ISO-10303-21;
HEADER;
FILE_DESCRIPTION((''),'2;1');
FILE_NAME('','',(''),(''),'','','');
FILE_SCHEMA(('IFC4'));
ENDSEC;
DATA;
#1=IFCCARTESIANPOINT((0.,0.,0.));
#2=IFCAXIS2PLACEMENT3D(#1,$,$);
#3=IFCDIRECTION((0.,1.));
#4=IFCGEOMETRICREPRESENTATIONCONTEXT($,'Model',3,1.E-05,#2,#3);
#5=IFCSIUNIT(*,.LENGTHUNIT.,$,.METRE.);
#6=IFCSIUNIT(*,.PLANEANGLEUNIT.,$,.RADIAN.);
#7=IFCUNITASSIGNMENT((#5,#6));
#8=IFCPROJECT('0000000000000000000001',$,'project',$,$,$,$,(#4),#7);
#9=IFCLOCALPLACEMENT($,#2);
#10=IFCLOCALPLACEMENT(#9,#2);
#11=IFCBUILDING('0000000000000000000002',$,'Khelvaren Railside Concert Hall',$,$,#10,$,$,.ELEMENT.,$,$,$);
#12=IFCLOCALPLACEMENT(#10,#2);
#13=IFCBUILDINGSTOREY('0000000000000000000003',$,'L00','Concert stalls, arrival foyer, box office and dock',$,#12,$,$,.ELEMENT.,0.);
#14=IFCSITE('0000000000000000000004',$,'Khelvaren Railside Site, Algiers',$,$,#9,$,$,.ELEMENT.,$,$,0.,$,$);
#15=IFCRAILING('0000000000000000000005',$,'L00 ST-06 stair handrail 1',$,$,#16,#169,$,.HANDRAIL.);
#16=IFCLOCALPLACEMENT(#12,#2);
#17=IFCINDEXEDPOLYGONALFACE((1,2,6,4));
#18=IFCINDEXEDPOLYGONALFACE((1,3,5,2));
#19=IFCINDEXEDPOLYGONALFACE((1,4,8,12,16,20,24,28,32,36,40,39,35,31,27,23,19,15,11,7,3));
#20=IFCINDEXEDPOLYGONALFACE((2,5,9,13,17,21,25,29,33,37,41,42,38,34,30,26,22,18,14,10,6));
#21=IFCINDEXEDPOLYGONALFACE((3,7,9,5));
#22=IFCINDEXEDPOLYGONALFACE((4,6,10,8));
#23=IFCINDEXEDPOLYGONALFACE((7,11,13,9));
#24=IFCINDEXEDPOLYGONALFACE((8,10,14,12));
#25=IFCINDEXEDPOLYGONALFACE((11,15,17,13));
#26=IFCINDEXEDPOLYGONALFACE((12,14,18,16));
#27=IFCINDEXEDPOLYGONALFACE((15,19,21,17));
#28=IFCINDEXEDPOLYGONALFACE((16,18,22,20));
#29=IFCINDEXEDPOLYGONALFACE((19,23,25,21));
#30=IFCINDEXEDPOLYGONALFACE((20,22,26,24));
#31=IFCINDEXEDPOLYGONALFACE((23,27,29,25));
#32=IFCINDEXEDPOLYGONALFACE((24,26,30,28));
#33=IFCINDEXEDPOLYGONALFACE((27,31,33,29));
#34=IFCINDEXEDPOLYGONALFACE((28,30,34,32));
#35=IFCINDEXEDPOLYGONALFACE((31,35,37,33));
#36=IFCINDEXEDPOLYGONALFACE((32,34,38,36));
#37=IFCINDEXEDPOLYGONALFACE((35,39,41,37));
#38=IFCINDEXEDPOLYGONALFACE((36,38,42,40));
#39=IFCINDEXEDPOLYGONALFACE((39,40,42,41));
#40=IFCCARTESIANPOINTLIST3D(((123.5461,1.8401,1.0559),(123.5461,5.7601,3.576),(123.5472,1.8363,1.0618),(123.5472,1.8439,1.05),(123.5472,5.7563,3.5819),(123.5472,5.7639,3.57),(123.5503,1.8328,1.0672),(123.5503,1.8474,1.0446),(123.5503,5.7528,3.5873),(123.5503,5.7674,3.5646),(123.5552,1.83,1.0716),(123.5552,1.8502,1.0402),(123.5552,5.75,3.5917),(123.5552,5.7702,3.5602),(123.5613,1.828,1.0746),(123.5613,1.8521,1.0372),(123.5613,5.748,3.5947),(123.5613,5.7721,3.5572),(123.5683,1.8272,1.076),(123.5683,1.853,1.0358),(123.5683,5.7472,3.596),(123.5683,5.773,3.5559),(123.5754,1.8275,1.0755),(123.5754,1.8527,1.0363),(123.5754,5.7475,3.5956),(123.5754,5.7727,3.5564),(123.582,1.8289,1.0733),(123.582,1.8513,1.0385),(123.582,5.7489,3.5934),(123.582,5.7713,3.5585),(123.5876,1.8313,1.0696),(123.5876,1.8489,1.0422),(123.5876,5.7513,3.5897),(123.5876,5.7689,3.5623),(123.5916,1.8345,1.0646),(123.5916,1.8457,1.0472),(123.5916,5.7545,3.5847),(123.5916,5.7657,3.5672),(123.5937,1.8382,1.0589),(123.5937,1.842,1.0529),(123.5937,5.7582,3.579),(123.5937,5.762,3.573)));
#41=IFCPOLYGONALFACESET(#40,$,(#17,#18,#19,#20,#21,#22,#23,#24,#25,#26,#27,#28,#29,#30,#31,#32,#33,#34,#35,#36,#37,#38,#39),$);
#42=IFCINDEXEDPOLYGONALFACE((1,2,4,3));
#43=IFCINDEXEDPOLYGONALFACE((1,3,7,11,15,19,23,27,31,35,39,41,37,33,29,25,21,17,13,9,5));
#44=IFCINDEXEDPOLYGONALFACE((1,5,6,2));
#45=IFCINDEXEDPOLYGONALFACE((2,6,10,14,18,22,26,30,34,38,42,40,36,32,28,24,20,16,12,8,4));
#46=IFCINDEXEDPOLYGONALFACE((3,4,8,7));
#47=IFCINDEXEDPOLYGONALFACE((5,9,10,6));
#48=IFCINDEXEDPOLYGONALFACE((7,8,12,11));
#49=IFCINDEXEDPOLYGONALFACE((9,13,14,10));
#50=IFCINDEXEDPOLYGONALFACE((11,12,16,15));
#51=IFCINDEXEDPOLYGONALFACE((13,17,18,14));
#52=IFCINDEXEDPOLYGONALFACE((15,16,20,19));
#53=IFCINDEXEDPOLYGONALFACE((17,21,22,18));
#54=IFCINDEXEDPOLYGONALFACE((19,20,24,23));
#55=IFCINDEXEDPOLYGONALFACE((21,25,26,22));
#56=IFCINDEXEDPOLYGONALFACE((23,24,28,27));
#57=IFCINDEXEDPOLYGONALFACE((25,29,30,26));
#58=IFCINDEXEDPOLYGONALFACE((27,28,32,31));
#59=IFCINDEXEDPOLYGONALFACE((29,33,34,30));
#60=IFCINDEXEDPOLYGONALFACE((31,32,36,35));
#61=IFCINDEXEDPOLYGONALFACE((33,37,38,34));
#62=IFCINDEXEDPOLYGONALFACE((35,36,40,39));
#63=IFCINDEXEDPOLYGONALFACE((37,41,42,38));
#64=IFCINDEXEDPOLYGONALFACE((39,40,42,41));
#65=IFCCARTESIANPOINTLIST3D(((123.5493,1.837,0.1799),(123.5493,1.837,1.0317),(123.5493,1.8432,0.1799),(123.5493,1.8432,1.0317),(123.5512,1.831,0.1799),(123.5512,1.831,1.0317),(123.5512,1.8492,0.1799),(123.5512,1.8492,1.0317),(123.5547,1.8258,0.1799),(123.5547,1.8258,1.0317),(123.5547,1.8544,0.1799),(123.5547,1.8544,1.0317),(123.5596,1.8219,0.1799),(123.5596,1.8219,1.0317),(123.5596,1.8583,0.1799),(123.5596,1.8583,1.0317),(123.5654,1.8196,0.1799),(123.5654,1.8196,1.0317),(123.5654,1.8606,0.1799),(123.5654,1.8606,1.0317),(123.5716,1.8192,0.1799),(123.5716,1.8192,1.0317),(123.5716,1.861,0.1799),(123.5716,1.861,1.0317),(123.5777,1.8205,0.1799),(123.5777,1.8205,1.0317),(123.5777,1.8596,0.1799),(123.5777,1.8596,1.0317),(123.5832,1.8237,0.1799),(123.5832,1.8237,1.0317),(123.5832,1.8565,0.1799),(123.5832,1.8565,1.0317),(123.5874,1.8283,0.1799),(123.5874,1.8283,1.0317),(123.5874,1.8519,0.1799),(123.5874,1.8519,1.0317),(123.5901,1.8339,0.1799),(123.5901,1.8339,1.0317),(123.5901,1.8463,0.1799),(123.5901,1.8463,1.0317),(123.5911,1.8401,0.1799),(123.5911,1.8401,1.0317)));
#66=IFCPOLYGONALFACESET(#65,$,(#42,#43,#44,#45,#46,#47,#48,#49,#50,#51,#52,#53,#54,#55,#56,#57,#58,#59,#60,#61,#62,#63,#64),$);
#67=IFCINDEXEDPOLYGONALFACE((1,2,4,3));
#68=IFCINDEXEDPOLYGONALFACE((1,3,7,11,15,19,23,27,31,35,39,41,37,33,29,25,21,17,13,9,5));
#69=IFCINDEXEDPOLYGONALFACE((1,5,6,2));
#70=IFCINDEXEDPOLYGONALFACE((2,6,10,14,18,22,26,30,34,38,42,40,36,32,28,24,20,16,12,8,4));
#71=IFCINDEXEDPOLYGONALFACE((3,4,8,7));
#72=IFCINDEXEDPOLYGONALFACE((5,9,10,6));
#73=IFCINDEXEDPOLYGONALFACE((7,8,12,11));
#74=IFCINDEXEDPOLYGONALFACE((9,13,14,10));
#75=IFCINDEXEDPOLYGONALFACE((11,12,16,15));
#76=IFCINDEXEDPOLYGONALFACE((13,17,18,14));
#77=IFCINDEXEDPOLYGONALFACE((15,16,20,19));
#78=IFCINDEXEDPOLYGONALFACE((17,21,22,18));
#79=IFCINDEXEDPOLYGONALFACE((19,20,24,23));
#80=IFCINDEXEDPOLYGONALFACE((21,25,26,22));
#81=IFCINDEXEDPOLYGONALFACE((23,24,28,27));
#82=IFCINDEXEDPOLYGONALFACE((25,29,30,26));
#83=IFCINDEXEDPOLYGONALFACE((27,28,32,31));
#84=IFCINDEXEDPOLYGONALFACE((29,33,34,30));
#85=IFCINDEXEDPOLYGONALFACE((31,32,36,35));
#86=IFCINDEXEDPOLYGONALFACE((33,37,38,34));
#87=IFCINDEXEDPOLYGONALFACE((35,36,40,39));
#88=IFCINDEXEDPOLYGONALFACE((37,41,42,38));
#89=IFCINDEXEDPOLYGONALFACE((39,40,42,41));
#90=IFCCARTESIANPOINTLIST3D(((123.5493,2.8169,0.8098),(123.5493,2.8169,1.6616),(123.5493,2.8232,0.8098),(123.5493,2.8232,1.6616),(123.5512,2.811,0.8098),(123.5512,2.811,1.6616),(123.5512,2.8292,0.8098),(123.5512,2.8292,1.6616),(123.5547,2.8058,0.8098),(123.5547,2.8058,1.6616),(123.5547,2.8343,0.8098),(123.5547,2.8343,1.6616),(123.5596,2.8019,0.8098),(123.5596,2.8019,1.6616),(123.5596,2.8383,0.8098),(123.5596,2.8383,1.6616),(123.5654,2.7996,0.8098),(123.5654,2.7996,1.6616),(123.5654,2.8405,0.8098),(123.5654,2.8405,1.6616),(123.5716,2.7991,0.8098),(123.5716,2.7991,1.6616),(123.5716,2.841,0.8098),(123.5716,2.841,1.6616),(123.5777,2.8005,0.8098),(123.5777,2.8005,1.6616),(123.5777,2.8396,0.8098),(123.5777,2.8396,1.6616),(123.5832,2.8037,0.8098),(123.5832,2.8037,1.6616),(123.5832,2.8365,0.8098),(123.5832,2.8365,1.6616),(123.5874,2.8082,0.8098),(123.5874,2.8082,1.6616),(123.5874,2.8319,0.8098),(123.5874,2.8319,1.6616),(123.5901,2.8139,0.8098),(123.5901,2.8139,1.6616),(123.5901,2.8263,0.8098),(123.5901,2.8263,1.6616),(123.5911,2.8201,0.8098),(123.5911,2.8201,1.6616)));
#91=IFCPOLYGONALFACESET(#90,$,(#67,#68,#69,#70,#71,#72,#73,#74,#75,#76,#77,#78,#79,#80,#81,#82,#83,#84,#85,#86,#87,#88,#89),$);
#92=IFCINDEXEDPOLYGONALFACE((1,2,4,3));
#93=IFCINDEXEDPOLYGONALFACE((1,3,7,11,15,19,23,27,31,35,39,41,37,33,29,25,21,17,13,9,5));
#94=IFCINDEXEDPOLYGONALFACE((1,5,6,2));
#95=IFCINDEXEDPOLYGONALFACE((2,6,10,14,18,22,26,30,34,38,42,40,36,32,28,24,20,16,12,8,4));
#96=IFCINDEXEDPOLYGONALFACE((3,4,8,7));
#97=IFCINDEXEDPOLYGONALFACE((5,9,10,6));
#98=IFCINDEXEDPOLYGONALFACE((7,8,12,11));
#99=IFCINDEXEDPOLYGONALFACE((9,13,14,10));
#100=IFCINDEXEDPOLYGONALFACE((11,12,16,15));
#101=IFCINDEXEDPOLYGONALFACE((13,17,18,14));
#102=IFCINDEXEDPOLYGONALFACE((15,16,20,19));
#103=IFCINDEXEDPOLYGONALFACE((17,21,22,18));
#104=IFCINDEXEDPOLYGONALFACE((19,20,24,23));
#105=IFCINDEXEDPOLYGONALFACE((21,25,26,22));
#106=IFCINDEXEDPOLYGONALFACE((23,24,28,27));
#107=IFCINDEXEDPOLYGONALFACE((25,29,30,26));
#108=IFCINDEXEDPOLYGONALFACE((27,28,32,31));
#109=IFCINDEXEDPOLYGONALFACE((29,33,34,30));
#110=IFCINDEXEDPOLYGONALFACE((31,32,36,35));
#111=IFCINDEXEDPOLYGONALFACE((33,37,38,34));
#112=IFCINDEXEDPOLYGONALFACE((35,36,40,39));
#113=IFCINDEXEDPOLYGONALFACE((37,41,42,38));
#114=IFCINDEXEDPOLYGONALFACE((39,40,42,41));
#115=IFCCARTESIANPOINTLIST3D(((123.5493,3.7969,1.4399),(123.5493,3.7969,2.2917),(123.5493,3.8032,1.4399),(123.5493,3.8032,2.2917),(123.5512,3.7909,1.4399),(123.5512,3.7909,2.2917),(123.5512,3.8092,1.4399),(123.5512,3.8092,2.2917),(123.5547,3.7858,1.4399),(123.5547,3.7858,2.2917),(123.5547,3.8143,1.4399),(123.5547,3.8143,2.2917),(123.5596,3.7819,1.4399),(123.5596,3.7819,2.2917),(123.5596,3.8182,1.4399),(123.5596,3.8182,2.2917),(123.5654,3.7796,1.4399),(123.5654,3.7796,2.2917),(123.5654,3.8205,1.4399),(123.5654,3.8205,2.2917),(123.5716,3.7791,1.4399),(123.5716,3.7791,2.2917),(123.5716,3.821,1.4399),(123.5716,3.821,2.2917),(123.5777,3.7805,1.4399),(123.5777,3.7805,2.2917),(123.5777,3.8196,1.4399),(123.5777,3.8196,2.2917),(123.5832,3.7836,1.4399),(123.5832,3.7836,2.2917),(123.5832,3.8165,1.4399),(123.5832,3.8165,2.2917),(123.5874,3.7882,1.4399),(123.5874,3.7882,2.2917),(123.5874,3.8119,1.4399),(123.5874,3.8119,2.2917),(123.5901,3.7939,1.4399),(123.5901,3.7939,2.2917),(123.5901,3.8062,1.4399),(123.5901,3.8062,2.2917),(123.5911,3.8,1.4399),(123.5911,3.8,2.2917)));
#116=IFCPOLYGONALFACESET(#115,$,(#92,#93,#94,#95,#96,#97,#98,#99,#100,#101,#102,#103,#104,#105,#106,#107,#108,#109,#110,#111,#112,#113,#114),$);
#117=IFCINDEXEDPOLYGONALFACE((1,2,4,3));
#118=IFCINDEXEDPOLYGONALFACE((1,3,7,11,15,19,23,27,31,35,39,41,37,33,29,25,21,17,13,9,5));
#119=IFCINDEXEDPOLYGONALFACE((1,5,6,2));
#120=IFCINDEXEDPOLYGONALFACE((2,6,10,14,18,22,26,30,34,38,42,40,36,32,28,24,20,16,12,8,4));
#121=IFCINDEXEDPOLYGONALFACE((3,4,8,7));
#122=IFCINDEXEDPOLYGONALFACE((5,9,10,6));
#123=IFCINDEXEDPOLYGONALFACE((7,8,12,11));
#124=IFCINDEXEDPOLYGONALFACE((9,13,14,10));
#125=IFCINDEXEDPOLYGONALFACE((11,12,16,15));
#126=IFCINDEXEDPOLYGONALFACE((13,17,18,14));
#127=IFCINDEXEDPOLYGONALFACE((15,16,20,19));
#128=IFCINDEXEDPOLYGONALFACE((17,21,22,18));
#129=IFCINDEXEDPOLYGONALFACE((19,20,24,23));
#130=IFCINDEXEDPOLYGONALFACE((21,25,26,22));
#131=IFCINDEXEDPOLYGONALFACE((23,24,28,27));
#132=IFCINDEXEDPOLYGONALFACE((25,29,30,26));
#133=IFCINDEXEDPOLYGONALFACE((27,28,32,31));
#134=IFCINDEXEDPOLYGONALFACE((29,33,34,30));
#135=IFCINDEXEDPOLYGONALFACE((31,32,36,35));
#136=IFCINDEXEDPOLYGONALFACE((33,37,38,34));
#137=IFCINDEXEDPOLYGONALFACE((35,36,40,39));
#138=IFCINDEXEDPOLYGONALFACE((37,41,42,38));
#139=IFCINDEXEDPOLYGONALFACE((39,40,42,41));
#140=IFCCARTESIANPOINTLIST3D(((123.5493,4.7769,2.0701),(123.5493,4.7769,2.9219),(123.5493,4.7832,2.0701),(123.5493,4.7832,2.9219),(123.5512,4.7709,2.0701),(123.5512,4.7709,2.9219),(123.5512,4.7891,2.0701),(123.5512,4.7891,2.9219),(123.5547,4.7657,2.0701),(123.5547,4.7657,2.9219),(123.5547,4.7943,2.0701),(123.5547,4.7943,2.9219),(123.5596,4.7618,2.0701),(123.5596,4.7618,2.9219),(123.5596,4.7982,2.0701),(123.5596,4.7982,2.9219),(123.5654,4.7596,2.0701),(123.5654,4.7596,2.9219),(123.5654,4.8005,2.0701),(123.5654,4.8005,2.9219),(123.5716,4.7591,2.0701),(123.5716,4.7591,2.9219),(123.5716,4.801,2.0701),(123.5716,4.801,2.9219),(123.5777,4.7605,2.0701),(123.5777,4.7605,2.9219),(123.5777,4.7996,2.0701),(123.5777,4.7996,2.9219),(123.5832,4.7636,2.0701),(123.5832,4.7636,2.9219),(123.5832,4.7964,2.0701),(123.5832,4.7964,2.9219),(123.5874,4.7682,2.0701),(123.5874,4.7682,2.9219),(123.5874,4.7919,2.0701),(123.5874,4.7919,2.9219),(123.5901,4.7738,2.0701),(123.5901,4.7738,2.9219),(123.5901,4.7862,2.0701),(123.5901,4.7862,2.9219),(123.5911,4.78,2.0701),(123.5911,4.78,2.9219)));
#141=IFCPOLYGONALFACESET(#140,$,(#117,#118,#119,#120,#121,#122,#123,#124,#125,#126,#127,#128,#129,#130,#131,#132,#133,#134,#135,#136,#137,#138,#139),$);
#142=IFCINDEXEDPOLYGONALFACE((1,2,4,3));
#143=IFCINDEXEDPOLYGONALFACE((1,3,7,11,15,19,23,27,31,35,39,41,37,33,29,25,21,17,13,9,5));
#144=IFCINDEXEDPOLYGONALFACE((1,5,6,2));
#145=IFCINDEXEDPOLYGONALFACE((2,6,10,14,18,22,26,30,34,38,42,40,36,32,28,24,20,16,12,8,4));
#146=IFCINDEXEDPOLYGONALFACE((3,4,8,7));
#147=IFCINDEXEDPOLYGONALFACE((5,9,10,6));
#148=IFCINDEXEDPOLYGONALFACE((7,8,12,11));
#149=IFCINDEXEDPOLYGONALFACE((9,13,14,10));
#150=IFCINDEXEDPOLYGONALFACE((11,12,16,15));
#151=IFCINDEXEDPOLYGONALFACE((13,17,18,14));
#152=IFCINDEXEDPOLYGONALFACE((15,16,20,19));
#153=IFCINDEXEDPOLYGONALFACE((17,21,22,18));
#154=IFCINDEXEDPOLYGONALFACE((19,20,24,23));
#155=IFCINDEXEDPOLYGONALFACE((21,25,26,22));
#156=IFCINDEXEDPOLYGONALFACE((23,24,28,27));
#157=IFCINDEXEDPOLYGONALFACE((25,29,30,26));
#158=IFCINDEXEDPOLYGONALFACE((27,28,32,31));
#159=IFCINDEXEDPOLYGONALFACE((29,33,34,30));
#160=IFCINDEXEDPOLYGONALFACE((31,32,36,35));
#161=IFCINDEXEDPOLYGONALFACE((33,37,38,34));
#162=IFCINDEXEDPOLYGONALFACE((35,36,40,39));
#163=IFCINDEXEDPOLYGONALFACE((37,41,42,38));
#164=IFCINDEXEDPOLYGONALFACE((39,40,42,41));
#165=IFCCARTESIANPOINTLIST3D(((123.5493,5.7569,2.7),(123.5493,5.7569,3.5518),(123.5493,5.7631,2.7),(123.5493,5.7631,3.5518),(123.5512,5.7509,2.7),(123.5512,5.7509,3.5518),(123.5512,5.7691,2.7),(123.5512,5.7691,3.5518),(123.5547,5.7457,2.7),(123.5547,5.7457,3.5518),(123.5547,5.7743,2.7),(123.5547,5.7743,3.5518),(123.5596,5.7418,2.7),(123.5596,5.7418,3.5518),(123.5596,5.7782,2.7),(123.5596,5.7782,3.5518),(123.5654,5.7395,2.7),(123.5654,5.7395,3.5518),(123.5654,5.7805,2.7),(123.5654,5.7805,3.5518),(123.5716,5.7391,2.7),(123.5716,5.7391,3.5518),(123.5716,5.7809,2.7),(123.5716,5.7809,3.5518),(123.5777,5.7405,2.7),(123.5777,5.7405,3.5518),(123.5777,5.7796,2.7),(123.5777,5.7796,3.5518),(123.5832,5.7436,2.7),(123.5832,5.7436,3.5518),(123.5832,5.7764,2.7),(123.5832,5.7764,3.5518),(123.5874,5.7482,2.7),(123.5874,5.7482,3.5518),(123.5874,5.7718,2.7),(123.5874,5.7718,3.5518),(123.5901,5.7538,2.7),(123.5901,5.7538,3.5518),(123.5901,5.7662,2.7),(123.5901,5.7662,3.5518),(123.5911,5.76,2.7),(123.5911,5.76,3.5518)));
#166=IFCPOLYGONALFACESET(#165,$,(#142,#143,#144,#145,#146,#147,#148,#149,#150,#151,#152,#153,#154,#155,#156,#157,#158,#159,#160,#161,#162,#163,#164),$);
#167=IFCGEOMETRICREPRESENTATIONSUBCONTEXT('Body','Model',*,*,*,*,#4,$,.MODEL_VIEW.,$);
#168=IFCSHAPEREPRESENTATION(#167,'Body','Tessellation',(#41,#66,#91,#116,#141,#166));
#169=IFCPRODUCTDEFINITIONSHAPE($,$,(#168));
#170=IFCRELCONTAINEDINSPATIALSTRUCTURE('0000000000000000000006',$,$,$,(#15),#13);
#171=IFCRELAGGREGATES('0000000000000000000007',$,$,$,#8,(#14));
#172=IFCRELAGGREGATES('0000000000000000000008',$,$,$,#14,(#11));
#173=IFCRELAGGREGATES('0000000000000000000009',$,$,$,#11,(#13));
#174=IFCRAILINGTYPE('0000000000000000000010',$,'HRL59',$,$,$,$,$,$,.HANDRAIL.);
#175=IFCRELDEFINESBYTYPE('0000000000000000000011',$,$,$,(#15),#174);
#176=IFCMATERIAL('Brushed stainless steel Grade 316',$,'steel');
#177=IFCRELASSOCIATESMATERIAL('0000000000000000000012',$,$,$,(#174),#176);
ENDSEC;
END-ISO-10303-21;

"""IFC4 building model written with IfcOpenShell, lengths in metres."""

from ifc_helpers import new_model, si_unit, direction, frame, origin, origin_2d, place, context, subcontext, project, spatial, circle, extrude, material, type_object, element, save


model = new_model("IFC4")

# Units and contexts
model_context = context("Model", 3, precision=1e-05, world=origin(), true_north=direction((0.0, 1.0)))
body_context = subcontext(model_context, "Body", "Model", "MODEL_VIEW")
ifc_project = project(units=[si_unit("LENGTHUNIT", "METRE"), si_unit("PLANEANGLEUNIT", "RADIAN")], contexts=[model_context])

# Site, building, storey
site_placement = place(None, origin())
site = spatial("IfcSite", under=ifc_project, at=site_placement, Name="Khelvaren Railside Site, Algiers", CompositionType="ELEMENT", RefElevation=0.0)
building_placement = place(site_placement, origin())
building = spatial("IfcBuilding", under=site, at=building_placement, Name="Khelvaren Railside Concert Hall", CompositionType="ELEMENT")
storey_placement = place(building_placement, origin())
storey = spatial("IfcBuildingStorey", under=building, at=storey_placement, Name="L00", Description="Concert stalls, arrival foyer, box office and dock", CompositionType="ELEMENT", Elevation=0.0)

# Railing
ifc_material_1 = material(Name="Brushed stainless steel Grade 316", Category="steel")
railing_type_1 = type_object("IfcRailingType", Name="HRL59", PredefinedType="HANDRAIL", material=ifc_material_1)
railing_1_placement = place(storey_placement, frame((123.5701, 1.8401, 0.1799)))
element("IfcRailing", 1, at=railing_1_placement, inside=storey, type_object=railing_type_1, Name="L00 ST-06 stair handrail 1", PredefinedType="HANDRAIL", context=body_context, shape_type="SweptSolid", body=[
    extrude(circle(Radius=0.0239, at=origin_2d()), frame((0.0, 0.0, 0.876), z_axis=(0.0, 0.841172, 0.540768), x_axis=(-1.0, 0.0, 0.0)), (0.0, 0.0, 1.0), 4.6602),
    extrude(circle(Radius=0.021, at=origin_2d()), origin(), (0.0, 0.0, 1.0), 0.8518),
    extrude(circle(Radius=0.021, at=origin_2d()), frame((0.0, 0.98, 0.6299)), (0.0, 0.0, 1.0), 0.8518),
    extrude(circle(Radius=0.021, at=origin_2d()), frame((0.0, 1.96, 1.26)), (0.0, 0.0, 1.0), 0.8518),
    extrude(circle(Radius=0.021, at=origin_2d()), frame((0.0, 2.9399, 1.8901)), (0.0, 0.0, 1.0), 0.8518),
    extrude(circle(Radius=0.021, at=origin_2d()), frame((0.0, 3.9199, 2.52)), (0.0, 0.0, 1.0), 0.8518),
])

save(model, "model.ifc")
